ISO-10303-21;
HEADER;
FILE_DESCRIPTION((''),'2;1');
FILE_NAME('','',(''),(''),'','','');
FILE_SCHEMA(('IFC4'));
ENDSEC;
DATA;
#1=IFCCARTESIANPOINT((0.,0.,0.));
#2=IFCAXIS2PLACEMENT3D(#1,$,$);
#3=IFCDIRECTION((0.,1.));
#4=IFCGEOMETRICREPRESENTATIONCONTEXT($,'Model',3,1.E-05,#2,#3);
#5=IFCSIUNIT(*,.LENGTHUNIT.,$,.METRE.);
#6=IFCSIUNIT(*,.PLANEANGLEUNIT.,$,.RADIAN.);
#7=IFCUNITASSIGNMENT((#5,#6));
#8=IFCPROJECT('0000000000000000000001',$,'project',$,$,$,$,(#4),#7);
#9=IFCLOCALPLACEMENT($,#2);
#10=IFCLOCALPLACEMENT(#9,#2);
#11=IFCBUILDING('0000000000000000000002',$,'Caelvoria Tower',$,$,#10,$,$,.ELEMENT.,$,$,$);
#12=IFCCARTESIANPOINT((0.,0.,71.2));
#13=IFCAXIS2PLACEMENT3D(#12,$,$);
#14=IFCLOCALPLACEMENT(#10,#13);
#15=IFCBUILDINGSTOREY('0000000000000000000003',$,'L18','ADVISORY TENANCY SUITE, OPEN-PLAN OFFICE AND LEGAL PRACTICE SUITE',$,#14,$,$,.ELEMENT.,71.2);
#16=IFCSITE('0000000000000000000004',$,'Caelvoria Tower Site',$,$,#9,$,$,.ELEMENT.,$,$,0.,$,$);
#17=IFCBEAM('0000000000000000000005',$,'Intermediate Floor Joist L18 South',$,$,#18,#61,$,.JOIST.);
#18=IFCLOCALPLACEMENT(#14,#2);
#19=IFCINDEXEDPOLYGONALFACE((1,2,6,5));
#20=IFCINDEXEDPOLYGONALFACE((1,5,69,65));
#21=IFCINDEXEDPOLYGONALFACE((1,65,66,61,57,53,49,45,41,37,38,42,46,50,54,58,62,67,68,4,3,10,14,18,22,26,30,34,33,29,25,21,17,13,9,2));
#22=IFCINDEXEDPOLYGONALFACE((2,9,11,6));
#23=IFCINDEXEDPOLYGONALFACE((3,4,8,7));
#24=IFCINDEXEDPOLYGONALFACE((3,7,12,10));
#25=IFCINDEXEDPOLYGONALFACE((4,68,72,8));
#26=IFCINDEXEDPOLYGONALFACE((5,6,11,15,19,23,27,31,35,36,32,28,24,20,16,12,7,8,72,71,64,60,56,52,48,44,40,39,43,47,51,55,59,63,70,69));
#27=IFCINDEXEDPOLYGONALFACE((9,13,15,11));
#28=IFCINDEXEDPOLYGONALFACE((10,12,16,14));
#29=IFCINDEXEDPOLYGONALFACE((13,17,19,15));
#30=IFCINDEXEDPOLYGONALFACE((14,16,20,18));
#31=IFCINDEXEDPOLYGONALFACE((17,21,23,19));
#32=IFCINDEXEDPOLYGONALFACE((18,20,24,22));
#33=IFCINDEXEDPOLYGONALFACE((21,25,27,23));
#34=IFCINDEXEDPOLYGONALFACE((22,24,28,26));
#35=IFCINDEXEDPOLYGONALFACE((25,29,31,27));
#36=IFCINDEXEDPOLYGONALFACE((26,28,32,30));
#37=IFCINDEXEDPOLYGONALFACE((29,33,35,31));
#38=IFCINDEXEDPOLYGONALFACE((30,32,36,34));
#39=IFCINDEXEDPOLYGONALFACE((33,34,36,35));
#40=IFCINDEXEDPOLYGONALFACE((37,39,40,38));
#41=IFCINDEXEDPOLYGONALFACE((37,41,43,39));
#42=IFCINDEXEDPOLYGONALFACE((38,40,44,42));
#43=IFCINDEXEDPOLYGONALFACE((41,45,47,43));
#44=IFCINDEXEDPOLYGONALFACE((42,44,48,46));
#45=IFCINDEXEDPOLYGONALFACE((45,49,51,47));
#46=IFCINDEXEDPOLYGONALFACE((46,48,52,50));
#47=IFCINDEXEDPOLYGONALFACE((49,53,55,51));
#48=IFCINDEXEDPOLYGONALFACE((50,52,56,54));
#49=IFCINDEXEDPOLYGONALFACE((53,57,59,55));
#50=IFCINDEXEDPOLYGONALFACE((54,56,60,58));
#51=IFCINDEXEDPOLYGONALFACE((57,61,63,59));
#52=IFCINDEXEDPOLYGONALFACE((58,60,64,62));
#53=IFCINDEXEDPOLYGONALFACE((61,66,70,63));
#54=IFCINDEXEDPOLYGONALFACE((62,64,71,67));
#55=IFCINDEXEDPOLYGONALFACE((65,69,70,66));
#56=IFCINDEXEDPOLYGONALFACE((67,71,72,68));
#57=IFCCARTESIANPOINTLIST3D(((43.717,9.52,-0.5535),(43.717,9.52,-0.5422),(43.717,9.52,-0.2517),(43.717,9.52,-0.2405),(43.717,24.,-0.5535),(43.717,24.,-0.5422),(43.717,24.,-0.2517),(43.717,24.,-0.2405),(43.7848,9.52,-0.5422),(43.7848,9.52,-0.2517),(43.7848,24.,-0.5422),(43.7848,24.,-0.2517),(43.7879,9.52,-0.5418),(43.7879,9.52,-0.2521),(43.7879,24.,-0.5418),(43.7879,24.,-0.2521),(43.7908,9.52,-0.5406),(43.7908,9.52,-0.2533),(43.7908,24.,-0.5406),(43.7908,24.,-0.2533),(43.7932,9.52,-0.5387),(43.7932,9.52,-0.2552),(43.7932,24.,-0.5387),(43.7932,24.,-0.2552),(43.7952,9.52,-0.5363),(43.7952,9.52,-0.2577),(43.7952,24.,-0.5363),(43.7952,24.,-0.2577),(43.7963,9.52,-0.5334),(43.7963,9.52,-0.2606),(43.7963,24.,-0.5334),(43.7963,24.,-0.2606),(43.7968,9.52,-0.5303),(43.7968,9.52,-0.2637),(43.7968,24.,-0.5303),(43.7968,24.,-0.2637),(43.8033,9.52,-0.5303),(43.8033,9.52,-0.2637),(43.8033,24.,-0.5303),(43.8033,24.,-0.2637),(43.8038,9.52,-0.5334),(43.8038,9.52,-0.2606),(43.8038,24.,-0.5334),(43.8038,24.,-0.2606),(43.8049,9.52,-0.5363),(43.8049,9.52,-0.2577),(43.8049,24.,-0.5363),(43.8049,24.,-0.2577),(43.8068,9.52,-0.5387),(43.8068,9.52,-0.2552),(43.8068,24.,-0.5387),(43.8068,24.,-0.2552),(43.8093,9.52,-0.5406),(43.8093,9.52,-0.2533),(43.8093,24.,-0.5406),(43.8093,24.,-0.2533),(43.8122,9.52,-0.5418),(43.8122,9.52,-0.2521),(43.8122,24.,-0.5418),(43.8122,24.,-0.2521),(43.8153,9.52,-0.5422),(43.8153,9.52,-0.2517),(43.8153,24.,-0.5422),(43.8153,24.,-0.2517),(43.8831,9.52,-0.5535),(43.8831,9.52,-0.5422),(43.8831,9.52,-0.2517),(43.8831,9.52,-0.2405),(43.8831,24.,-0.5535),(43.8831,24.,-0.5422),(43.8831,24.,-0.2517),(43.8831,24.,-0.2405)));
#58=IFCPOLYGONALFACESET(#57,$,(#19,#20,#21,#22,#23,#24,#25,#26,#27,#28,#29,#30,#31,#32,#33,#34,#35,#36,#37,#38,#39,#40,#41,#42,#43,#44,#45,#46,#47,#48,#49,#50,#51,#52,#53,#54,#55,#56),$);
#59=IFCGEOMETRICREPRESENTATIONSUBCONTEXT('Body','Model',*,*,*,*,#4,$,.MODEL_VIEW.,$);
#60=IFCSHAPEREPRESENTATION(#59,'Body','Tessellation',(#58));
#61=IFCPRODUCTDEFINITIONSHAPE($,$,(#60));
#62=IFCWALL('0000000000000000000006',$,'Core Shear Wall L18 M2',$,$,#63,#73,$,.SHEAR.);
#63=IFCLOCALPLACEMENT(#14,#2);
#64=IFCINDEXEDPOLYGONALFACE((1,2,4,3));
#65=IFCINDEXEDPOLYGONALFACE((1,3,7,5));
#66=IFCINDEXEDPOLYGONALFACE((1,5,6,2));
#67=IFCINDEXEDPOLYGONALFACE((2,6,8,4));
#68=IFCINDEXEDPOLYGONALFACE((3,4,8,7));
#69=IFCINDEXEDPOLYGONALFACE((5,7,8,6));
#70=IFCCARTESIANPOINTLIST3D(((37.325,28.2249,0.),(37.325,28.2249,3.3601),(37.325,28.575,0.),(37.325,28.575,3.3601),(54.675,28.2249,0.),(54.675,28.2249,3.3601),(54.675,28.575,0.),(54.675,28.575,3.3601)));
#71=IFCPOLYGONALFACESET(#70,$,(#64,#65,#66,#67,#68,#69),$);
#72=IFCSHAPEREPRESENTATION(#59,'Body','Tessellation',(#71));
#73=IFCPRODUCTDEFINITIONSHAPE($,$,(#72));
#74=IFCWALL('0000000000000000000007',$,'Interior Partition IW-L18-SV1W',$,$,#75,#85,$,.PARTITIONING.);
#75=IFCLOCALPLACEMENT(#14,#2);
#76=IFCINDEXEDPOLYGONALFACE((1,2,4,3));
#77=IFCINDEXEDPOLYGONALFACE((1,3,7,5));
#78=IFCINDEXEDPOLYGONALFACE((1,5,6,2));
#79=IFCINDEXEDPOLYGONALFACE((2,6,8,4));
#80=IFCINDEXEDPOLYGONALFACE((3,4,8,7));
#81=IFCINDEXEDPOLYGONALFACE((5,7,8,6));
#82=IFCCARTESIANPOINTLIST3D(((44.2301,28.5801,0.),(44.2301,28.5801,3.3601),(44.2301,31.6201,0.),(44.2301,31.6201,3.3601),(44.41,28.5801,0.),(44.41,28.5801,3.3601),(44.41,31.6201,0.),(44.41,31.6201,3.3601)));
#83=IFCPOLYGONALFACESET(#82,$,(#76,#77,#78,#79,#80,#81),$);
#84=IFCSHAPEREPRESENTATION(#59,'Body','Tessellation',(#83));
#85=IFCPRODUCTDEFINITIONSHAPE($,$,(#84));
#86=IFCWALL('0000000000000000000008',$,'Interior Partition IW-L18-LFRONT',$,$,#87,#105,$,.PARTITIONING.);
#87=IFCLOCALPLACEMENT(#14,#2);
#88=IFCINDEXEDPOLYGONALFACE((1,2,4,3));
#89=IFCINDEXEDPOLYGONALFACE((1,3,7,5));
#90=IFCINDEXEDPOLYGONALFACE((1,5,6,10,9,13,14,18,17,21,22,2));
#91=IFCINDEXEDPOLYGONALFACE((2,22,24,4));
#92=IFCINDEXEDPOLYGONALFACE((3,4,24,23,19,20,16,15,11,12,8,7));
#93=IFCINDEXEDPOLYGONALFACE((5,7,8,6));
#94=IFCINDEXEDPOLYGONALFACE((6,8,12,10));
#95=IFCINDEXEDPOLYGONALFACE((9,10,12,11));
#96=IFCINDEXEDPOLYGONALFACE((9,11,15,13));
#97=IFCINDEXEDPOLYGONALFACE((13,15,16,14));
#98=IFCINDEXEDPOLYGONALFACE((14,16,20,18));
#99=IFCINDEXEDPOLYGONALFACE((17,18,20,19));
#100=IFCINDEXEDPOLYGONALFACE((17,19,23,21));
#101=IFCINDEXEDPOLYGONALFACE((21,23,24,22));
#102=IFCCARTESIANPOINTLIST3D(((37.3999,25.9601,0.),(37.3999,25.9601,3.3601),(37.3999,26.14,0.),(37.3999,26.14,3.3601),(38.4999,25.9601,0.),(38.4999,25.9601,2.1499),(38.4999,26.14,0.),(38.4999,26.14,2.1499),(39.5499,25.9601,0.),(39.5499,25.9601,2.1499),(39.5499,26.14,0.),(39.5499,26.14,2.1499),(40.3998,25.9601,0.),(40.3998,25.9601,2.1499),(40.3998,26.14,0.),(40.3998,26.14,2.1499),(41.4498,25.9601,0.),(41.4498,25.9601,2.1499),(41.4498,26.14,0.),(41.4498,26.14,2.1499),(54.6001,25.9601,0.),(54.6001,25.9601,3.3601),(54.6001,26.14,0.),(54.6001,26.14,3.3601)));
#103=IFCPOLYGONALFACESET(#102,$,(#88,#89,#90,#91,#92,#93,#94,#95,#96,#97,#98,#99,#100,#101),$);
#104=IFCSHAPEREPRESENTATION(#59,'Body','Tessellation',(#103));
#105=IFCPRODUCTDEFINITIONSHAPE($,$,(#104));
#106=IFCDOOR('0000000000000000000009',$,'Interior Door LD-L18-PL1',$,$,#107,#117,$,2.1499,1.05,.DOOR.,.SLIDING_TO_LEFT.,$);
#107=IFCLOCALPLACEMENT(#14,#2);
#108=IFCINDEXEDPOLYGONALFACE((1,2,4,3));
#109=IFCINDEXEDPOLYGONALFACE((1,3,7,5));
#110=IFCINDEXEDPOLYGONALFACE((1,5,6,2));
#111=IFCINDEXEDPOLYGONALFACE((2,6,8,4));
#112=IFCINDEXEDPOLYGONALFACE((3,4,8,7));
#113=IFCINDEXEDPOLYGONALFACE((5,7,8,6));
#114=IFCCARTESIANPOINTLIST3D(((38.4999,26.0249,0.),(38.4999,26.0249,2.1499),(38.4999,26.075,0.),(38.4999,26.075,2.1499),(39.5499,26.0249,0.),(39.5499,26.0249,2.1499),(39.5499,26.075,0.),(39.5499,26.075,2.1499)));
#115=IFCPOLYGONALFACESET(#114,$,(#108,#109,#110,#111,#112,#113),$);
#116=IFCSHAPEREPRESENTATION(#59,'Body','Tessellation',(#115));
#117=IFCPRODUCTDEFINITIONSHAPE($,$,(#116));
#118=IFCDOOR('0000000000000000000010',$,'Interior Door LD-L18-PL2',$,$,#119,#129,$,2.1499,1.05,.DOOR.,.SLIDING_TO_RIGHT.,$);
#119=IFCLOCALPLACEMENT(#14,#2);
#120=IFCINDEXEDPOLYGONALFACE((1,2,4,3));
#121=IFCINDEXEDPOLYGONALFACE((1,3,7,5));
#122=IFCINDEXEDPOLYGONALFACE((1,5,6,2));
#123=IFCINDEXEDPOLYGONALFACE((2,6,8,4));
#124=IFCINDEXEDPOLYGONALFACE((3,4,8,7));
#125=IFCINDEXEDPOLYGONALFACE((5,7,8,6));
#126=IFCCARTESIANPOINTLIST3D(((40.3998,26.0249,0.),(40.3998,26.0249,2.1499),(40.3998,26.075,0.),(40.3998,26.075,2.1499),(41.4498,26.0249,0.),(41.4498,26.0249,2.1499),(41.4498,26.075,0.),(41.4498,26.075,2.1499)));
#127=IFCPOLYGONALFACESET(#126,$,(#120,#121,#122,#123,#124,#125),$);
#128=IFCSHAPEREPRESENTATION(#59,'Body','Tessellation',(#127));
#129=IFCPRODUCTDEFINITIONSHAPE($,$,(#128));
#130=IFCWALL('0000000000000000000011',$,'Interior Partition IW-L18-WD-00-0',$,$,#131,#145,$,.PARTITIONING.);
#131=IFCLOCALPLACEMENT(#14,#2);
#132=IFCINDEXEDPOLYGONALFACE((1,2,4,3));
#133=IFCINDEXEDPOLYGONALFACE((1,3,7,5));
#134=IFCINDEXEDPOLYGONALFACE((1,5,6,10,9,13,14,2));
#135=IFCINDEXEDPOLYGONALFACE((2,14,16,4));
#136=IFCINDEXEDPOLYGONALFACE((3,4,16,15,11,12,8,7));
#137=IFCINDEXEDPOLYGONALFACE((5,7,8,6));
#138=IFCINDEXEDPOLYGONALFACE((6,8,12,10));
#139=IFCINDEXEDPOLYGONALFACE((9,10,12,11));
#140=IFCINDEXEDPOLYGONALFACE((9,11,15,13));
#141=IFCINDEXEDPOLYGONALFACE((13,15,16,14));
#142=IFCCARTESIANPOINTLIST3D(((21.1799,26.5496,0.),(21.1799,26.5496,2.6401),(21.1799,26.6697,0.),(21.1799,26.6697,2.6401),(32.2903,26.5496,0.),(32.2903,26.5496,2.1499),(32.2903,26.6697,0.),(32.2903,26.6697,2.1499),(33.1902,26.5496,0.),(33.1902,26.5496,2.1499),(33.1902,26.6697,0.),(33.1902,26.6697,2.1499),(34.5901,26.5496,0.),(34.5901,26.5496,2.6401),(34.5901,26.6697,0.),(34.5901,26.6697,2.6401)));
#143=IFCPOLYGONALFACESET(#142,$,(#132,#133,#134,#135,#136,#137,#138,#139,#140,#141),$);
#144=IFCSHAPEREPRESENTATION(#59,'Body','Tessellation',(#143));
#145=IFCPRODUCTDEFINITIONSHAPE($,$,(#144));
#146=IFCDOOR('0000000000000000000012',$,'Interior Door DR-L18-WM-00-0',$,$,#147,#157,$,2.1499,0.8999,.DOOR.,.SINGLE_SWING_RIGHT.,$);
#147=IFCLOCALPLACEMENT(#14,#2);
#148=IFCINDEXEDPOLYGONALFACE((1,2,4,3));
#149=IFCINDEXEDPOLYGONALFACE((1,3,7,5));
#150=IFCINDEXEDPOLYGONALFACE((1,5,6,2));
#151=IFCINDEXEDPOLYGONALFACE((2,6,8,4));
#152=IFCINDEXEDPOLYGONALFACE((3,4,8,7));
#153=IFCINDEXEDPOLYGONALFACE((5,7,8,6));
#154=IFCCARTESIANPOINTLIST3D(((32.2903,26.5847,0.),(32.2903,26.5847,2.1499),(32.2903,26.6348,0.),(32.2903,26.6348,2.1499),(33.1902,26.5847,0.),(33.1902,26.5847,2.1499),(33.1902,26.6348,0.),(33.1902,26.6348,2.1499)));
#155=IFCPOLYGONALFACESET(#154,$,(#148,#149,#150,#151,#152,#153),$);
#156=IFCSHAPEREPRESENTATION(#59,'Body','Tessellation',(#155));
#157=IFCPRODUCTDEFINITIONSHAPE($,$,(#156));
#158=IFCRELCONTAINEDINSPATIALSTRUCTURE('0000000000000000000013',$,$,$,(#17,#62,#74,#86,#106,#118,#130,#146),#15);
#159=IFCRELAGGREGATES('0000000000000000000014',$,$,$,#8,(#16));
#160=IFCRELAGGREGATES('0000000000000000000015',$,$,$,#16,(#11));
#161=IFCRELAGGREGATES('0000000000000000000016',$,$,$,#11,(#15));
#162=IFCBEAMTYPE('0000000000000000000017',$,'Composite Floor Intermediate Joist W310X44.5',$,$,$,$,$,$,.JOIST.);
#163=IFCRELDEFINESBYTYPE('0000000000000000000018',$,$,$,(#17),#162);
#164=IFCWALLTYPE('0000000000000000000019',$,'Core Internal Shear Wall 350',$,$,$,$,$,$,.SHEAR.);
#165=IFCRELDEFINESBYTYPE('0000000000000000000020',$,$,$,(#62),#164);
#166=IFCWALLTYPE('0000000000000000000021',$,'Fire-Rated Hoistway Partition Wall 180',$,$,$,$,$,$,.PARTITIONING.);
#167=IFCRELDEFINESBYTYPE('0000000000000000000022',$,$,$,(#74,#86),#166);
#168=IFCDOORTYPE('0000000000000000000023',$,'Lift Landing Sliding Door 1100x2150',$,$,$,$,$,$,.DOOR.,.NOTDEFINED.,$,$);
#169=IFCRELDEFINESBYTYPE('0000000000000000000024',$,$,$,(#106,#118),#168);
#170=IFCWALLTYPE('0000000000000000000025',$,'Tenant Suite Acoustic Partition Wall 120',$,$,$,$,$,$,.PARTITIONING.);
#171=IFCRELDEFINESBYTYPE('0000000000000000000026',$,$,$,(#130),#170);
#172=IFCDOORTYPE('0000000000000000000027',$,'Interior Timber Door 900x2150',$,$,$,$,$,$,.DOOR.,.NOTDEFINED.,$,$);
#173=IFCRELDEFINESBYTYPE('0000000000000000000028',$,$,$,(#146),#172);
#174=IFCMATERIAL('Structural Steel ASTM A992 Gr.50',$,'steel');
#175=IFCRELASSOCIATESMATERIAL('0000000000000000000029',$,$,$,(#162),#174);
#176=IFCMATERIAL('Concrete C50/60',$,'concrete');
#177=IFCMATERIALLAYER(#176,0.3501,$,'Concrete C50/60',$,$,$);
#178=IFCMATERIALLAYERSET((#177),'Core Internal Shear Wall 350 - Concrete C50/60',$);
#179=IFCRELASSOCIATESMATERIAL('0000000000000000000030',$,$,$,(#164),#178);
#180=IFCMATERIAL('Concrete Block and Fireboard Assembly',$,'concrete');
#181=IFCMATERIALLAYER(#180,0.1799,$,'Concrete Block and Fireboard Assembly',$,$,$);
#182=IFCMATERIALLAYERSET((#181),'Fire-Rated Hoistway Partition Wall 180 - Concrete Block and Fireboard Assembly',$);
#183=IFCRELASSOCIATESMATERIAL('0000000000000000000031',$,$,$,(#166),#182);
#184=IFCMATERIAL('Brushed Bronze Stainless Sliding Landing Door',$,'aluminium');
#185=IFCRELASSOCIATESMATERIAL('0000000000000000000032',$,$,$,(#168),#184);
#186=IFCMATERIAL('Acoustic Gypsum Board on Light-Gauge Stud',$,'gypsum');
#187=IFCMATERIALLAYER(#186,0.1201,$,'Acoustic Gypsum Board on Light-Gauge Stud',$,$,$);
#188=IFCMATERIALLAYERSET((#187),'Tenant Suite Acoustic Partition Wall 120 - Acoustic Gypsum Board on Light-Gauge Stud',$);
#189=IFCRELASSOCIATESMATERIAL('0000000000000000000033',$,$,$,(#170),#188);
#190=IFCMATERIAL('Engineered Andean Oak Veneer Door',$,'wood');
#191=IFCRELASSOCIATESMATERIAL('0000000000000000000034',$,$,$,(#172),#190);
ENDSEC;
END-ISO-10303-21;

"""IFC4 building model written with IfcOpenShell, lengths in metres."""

from ifc_helpers import new_model, si_unit, direction, frame, frame_2d, origin, origin_2d, place, context, subcontext, project, spatial, rectangle, i_section, extrude, material, layer, layer_set, material_profile, profile_set, type_object, element, fill, save


model = new_model("IFC4")

# Units and contexts
model_context = context("Model", 3, precision=1e-05, world=origin(), true_north=direction((0.0, 1.0)))
body_context = subcontext(model_context, "Body", "Model", "MODEL_VIEW")
ifc_project = project(units=[si_unit("LENGTHUNIT", "METRE"), si_unit("PLANEANGLEUNIT", "RADIAN")], contexts=[model_context])

# Site, building, storey
site_placement = place(None, origin())
site = spatial("IfcSite", under=ifc_project, at=site_placement, Name="Caelvoria Tower Site", CompositionType="ELEMENT", RefElevation=0.0)
building_placement = place(site_placement, origin())
building = spatial("IfcBuilding", under=site, at=building_placement, Name="Caelvoria Tower", CompositionType="ELEMENT")
storey_placement = place(building_placement, frame((0.0, 0.0, 71.2)))
storey = spatial("IfcBuildingStorey", under=building, at=storey_placement, Name="L18", Description="ADVISORY TENANCY SUITE, OPEN-PLAN OFFICE AND LEGAL PRACTICE SUITE", CompositionType="ELEMENT", Elevation=71.2)

# Beam
ifc_material_1 = material(Name="Structural Steel ASTM A992 Gr.50", Category="steel")
ifc_material_profile = material_profile(ifc_material_1, i_section(OverallWidth=0.166, OverallDepth=0.313, WebThickness=0.0066, FlangeThickness=0.0112, FilletRadius=0.012, at=origin_2d()), Name="Structural Steel ASTM A992 Gr.50")
ifc_profile_set = profile_set([ifc_material_profile], Name="W310X44.5 - Structural Steel ASTM A992 Gr.50")
beam_type = type_object("IfcBeamType", Name="Composite Floor Intermediate Joist W310X44.5", PredefinedType="JOIST", material=ifc_profile_set)
beam_placement = place(storey_placement, frame((43.8, 24.0, -0.397), z_axis=(0.0, -1.0, 0.0), x_axis=(1.0, 0.0, 0.0)))
element("IfcBeam", 1, at=beam_placement, inside=storey, type_object=beam_type, Name="Intermediate Floor Joist L18 South", PredefinedType="JOIST", context=body_context, shape_type="SweptSolid", body=[
    extrude(i_section(OverallWidth=0.166, OverallDepth=0.313, WebThickness=0.0066, FlangeThickness=0.0112, FilletRadius=0.012, at=origin_2d()), origin(), (0.0, 0.0, 1.0), 14.48),
])

# Shared definitions
ifc_material_2 = material(Name="Concrete C50/60", Category="concrete")
ifc_layer_1 = layer(ifc_material_2, 0.3501, Name="Concrete C50/60")
ifc_layer_set_1 = layer_set([ifc_layer_1], Name="Core Internal Shear Wall 350 - Concrete C50/60")
wall_type_1 = type_object("IfcWallType", Name="Core Internal Shear Wall 350", PredefinedType="SHEAR", material=ifc_layer_set_1)

# Walls
wall_1_placement = place(storey_placement, frame((37.325, 28.3999, 0.0), z_axis=(0.0, 0.0, 1.0), x_axis=(1.0, 0.0, 0.0)))
element("IfcWall", 2, at=wall_1_placement, inside=storey, type_object=wall_type_1, Name="Core Shear Wall L18 M2", PredefinedType="SHEAR", context=body_context, shape_type="SweptSolid", body=[
    extrude(rectangle(XDim=17.3501, YDim=0.3501, at=frame_2d((8.675, 0.0))), origin(), (0.0, 0.0, 1.0), 3.3601),
])
ifc_material_3 = material(Name="Concrete Block and Fireboard Assembly", Category="concrete")
ifc_layer_2 = layer(ifc_material_3, 0.1799, Name="Concrete Block and Fireboard Assembly")
ifc_layer_set_2 = layer_set([ifc_layer_2], Name="Fire-Rated Hoistway Partition Wall 180 - Concrete Block and Fireboard Assembly")
wall_type_2 = type_object("IfcWallType", Name="Fire-Rated Hoistway Partition Wall 180", PredefinedType="PARTITIONING", material=ifc_layer_set_2)
wall_2_placement = place(storey_placement, frame((44.3201, 28.5801, 0.0), z_axis=(0.0, 0.0, 1.0), x_axis=(0.0, 1.0, 0.0)))
element("IfcWall", 3, at=wall_2_placement, inside=storey, type_object=wall_type_2, Name="Interior Partition IW-L18-SV1W", PredefinedType="PARTITIONING", context=body_context, shape_type="SweptSolid", body=[
    extrude(rectangle(XDim=3.04, YDim=0.1799, at=frame_2d((1.52, 0.0))), origin(), (0.0, 0.0, 1.0), 3.3601),
])

# Wall, openings, doors
wall_3_placement = place(storey_placement, frame((37.3999, 26.05, 0.0), z_axis=(0.0, 0.0, 1.0), x_axis=(1.0, 0.0, 0.0)))
wall_3 = element("IfcWall", 4, at=wall_3_placement, inside=storey, type_object=wall_type_2, Name="Interior Partition IW-L18-LFRONT", PredefinedType="PARTITIONING", context=body_context, shape_type="SweptSolid", body=[
    extrude(rectangle(XDim=17.2002, YDim=0.1799, at=frame_2d((8.6001, 0.0))), origin(), (0.0, 0.0, 1.0), 3.3601),
])
opening_1_placement = place(wall_3_placement, frame((1.1001, 0.0, 0.0)))
opening_1 = element("IfcOpeningElement", 5, at=opening_1_placement, cuts=wall_3, PredefinedType="OPENING", context=body_context, shape_type="SweptSolid", body=[
    extrude(rectangle(XDim=1.05, YDim=2.1499, at=frame_2d((0.5249, 1.075))), frame((0.0, 0.0999, 0.0), z_axis=(0.0, -1.0, 0.0), x_axis=(1.0, 0.0, 0.0)), (0.0, 0.0, 1.0), 0.2),
])
opening_2_placement = place(wall_3_placement, frame((3.0, 0.0, 0.0)))
opening_2 = element("IfcOpeningElement", 6, at=opening_2_placement, cuts=wall_3, PredefinedType="OPENING", context=body_context, shape_type="SweptSolid", body=[
    extrude(rectangle(XDim=1.05, YDim=2.1499, at=frame_2d((0.5249, 1.075))), frame((0.0, 0.0999, 0.0), z_axis=(0.0, -1.0, 0.0), x_axis=(1.0, 0.0, 0.0)), (0.0, 0.0, 1.0), 0.2),
])
ifc_material_4 = material(Name="Brushed Bronze Stainless Sliding Landing Door", Category="aluminium")
door_type_1 = type_object("IfcDoorType", Name="Lift Landing Sliding Door 1100x2150", OperationType="NOTDEFINED", PredefinedType="DOOR", material=ifc_material_4)
door_1_placement = place(opening_1_placement, origin())
door_1 = element("IfcDoor", 7, at=door_1_placement, inside=storey, type_object=door_type_1, Name="Interior Door LD-L18-PL1", OperationType="SLIDING_TO_LEFT", OverallHeight=2.1499, OverallWidth=1.05, PredefinedType="DOOR", context=body_context, shape_type="SweptSolid", body=[
    extrude(rectangle(XDim=1.05, YDim=2.1499, at=frame_2d((0.5249, 1.075))), frame((0.0, 0.0249, 0.0), z_axis=(0.0, -1.0, 0.0), x_axis=(1.0, 0.0, 0.0)), (0.0, 0.0, 1.0), 0.05),
])
fill(opening_1, door_1)
door_2_placement = place(opening_2_placement, origin())
door_2 = element("IfcDoor", 8, at=door_2_placement, inside=storey, type_object=door_type_1, Name="Interior Door LD-L18-PL2", OperationType="SLIDING_TO_RIGHT", OverallHeight=2.1499, OverallWidth=1.05, PredefinedType="DOOR", context=body_context, shape_type="SweptSolid", body=[
    extrude(rectangle(XDim=1.05, YDim=2.1499, at=frame_2d((0.5249, 1.075))), frame((0.0, 0.0249, 0.0), z_axis=(0.0, -1.0, 0.0), x_axis=(1.0, 0.0, 0.0)), (0.0, 0.0, 1.0), 0.05),
])
fill(opening_2, door_2)

# Wall, opening, door
ifc_material_5 = material(Name="Acoustic Gypsum Board on Light-Gauge Stud", Category="gypsum")
ifc_layer_3 = layer(ifc_material_5, 0.1201, Name="Acoustic Gypsum Board on Light-Gauge Stud")
ifc_layer_set_3 = layer_set([ifc_layer_3], Name="Tenant Suite Acoustic Partition Wall 120 - Acoustic Gypsum Board on Light-Gauge Stud")
wall_type_3 = type_object("IfcWallType", Name="Tenant Suite Acoustic Partition Wall 120", PredefinedType="PARTITIONING", material=ifc_layer_set_3)
wall_4_placement = place(storey_placement, frame((34.5901, 26.6096, 0.0), z_axis=(0.0, 0.0, 1.0), x_axis=(-1.0, 0.0, 0.0)))
wall_4 = element("IfcWall", 9, at=wall_4_placement, inside=storey, type_object=wall_type_3, Name="Interior Partition IW-L18-WD-00-0", PredefinedType="PARTITIONING", context=body_context, shape_type="SweptSolid", body=[
    extrude(rectangle(XDim=13.4102, YDim=0.1201, at=frame_2d((6.7051, 0.0))), origin(), (0.0, 0.0, 1.0), 2.6401),
])
opening_3_placement = place(wall_4_placement, frame((1.3999, 0.0, 0.0)))
opening_3 = element("IfcOpeningElement", 10, at=opening_3_placement, cuts=wall_4, PredefinedType="OPENING", context=body_context, shape_type="SweptSolid", body=[
    extrude(rectangle(XDim=0.8999, YDim=2.1499, at=frame_2d((0.45, 1.075))), frame((0.0, 0.0701, 0.0), z_axis=(0.0, -1.0, 0.0), x_axis=(1.0, 0.0, 0.0)), (0.0, 0.0, 1.0), 0.1401),
])
ifc_material_6 = material(Name="Engineered Andean Oak Veneer Door", Category="wood")
door_type_2 = type_object("IfcDoorType", Name="Interior Timber Door 900x2150", OperationType="NOTDEFINED", PredefinedType="DOOR", material=ifc_material_6)
door_3_placement = place(opening_3_placement, origin())
door_3 = element("IfcDoor", 11, at=door_3_placement, inside=storey, type_object=door_type_2, Name="Interior Door DR-L18-WM-00-0", OperationType="SINGLE_SWING_RIGHT", OverallHeight=2.1499, OverallWidth=0.8999, PredefinedType="DOOR", context=body_context, shape_type="SweptSolid", body=[
    extrude(rectangle(XDim=0.8999, YDim=2.1499, at=frame_2d((0.45, 1.075))), frame((0.0, 0.0249, 0.0), z_axis=(0.0, -1.0, 0.0), x_axis=(1.0, 0.0, 0.0)), (0.0, 0.0, 1.0), 0.05),
])
fill(opening_3, door_3)

save(model, "model.ifc")
